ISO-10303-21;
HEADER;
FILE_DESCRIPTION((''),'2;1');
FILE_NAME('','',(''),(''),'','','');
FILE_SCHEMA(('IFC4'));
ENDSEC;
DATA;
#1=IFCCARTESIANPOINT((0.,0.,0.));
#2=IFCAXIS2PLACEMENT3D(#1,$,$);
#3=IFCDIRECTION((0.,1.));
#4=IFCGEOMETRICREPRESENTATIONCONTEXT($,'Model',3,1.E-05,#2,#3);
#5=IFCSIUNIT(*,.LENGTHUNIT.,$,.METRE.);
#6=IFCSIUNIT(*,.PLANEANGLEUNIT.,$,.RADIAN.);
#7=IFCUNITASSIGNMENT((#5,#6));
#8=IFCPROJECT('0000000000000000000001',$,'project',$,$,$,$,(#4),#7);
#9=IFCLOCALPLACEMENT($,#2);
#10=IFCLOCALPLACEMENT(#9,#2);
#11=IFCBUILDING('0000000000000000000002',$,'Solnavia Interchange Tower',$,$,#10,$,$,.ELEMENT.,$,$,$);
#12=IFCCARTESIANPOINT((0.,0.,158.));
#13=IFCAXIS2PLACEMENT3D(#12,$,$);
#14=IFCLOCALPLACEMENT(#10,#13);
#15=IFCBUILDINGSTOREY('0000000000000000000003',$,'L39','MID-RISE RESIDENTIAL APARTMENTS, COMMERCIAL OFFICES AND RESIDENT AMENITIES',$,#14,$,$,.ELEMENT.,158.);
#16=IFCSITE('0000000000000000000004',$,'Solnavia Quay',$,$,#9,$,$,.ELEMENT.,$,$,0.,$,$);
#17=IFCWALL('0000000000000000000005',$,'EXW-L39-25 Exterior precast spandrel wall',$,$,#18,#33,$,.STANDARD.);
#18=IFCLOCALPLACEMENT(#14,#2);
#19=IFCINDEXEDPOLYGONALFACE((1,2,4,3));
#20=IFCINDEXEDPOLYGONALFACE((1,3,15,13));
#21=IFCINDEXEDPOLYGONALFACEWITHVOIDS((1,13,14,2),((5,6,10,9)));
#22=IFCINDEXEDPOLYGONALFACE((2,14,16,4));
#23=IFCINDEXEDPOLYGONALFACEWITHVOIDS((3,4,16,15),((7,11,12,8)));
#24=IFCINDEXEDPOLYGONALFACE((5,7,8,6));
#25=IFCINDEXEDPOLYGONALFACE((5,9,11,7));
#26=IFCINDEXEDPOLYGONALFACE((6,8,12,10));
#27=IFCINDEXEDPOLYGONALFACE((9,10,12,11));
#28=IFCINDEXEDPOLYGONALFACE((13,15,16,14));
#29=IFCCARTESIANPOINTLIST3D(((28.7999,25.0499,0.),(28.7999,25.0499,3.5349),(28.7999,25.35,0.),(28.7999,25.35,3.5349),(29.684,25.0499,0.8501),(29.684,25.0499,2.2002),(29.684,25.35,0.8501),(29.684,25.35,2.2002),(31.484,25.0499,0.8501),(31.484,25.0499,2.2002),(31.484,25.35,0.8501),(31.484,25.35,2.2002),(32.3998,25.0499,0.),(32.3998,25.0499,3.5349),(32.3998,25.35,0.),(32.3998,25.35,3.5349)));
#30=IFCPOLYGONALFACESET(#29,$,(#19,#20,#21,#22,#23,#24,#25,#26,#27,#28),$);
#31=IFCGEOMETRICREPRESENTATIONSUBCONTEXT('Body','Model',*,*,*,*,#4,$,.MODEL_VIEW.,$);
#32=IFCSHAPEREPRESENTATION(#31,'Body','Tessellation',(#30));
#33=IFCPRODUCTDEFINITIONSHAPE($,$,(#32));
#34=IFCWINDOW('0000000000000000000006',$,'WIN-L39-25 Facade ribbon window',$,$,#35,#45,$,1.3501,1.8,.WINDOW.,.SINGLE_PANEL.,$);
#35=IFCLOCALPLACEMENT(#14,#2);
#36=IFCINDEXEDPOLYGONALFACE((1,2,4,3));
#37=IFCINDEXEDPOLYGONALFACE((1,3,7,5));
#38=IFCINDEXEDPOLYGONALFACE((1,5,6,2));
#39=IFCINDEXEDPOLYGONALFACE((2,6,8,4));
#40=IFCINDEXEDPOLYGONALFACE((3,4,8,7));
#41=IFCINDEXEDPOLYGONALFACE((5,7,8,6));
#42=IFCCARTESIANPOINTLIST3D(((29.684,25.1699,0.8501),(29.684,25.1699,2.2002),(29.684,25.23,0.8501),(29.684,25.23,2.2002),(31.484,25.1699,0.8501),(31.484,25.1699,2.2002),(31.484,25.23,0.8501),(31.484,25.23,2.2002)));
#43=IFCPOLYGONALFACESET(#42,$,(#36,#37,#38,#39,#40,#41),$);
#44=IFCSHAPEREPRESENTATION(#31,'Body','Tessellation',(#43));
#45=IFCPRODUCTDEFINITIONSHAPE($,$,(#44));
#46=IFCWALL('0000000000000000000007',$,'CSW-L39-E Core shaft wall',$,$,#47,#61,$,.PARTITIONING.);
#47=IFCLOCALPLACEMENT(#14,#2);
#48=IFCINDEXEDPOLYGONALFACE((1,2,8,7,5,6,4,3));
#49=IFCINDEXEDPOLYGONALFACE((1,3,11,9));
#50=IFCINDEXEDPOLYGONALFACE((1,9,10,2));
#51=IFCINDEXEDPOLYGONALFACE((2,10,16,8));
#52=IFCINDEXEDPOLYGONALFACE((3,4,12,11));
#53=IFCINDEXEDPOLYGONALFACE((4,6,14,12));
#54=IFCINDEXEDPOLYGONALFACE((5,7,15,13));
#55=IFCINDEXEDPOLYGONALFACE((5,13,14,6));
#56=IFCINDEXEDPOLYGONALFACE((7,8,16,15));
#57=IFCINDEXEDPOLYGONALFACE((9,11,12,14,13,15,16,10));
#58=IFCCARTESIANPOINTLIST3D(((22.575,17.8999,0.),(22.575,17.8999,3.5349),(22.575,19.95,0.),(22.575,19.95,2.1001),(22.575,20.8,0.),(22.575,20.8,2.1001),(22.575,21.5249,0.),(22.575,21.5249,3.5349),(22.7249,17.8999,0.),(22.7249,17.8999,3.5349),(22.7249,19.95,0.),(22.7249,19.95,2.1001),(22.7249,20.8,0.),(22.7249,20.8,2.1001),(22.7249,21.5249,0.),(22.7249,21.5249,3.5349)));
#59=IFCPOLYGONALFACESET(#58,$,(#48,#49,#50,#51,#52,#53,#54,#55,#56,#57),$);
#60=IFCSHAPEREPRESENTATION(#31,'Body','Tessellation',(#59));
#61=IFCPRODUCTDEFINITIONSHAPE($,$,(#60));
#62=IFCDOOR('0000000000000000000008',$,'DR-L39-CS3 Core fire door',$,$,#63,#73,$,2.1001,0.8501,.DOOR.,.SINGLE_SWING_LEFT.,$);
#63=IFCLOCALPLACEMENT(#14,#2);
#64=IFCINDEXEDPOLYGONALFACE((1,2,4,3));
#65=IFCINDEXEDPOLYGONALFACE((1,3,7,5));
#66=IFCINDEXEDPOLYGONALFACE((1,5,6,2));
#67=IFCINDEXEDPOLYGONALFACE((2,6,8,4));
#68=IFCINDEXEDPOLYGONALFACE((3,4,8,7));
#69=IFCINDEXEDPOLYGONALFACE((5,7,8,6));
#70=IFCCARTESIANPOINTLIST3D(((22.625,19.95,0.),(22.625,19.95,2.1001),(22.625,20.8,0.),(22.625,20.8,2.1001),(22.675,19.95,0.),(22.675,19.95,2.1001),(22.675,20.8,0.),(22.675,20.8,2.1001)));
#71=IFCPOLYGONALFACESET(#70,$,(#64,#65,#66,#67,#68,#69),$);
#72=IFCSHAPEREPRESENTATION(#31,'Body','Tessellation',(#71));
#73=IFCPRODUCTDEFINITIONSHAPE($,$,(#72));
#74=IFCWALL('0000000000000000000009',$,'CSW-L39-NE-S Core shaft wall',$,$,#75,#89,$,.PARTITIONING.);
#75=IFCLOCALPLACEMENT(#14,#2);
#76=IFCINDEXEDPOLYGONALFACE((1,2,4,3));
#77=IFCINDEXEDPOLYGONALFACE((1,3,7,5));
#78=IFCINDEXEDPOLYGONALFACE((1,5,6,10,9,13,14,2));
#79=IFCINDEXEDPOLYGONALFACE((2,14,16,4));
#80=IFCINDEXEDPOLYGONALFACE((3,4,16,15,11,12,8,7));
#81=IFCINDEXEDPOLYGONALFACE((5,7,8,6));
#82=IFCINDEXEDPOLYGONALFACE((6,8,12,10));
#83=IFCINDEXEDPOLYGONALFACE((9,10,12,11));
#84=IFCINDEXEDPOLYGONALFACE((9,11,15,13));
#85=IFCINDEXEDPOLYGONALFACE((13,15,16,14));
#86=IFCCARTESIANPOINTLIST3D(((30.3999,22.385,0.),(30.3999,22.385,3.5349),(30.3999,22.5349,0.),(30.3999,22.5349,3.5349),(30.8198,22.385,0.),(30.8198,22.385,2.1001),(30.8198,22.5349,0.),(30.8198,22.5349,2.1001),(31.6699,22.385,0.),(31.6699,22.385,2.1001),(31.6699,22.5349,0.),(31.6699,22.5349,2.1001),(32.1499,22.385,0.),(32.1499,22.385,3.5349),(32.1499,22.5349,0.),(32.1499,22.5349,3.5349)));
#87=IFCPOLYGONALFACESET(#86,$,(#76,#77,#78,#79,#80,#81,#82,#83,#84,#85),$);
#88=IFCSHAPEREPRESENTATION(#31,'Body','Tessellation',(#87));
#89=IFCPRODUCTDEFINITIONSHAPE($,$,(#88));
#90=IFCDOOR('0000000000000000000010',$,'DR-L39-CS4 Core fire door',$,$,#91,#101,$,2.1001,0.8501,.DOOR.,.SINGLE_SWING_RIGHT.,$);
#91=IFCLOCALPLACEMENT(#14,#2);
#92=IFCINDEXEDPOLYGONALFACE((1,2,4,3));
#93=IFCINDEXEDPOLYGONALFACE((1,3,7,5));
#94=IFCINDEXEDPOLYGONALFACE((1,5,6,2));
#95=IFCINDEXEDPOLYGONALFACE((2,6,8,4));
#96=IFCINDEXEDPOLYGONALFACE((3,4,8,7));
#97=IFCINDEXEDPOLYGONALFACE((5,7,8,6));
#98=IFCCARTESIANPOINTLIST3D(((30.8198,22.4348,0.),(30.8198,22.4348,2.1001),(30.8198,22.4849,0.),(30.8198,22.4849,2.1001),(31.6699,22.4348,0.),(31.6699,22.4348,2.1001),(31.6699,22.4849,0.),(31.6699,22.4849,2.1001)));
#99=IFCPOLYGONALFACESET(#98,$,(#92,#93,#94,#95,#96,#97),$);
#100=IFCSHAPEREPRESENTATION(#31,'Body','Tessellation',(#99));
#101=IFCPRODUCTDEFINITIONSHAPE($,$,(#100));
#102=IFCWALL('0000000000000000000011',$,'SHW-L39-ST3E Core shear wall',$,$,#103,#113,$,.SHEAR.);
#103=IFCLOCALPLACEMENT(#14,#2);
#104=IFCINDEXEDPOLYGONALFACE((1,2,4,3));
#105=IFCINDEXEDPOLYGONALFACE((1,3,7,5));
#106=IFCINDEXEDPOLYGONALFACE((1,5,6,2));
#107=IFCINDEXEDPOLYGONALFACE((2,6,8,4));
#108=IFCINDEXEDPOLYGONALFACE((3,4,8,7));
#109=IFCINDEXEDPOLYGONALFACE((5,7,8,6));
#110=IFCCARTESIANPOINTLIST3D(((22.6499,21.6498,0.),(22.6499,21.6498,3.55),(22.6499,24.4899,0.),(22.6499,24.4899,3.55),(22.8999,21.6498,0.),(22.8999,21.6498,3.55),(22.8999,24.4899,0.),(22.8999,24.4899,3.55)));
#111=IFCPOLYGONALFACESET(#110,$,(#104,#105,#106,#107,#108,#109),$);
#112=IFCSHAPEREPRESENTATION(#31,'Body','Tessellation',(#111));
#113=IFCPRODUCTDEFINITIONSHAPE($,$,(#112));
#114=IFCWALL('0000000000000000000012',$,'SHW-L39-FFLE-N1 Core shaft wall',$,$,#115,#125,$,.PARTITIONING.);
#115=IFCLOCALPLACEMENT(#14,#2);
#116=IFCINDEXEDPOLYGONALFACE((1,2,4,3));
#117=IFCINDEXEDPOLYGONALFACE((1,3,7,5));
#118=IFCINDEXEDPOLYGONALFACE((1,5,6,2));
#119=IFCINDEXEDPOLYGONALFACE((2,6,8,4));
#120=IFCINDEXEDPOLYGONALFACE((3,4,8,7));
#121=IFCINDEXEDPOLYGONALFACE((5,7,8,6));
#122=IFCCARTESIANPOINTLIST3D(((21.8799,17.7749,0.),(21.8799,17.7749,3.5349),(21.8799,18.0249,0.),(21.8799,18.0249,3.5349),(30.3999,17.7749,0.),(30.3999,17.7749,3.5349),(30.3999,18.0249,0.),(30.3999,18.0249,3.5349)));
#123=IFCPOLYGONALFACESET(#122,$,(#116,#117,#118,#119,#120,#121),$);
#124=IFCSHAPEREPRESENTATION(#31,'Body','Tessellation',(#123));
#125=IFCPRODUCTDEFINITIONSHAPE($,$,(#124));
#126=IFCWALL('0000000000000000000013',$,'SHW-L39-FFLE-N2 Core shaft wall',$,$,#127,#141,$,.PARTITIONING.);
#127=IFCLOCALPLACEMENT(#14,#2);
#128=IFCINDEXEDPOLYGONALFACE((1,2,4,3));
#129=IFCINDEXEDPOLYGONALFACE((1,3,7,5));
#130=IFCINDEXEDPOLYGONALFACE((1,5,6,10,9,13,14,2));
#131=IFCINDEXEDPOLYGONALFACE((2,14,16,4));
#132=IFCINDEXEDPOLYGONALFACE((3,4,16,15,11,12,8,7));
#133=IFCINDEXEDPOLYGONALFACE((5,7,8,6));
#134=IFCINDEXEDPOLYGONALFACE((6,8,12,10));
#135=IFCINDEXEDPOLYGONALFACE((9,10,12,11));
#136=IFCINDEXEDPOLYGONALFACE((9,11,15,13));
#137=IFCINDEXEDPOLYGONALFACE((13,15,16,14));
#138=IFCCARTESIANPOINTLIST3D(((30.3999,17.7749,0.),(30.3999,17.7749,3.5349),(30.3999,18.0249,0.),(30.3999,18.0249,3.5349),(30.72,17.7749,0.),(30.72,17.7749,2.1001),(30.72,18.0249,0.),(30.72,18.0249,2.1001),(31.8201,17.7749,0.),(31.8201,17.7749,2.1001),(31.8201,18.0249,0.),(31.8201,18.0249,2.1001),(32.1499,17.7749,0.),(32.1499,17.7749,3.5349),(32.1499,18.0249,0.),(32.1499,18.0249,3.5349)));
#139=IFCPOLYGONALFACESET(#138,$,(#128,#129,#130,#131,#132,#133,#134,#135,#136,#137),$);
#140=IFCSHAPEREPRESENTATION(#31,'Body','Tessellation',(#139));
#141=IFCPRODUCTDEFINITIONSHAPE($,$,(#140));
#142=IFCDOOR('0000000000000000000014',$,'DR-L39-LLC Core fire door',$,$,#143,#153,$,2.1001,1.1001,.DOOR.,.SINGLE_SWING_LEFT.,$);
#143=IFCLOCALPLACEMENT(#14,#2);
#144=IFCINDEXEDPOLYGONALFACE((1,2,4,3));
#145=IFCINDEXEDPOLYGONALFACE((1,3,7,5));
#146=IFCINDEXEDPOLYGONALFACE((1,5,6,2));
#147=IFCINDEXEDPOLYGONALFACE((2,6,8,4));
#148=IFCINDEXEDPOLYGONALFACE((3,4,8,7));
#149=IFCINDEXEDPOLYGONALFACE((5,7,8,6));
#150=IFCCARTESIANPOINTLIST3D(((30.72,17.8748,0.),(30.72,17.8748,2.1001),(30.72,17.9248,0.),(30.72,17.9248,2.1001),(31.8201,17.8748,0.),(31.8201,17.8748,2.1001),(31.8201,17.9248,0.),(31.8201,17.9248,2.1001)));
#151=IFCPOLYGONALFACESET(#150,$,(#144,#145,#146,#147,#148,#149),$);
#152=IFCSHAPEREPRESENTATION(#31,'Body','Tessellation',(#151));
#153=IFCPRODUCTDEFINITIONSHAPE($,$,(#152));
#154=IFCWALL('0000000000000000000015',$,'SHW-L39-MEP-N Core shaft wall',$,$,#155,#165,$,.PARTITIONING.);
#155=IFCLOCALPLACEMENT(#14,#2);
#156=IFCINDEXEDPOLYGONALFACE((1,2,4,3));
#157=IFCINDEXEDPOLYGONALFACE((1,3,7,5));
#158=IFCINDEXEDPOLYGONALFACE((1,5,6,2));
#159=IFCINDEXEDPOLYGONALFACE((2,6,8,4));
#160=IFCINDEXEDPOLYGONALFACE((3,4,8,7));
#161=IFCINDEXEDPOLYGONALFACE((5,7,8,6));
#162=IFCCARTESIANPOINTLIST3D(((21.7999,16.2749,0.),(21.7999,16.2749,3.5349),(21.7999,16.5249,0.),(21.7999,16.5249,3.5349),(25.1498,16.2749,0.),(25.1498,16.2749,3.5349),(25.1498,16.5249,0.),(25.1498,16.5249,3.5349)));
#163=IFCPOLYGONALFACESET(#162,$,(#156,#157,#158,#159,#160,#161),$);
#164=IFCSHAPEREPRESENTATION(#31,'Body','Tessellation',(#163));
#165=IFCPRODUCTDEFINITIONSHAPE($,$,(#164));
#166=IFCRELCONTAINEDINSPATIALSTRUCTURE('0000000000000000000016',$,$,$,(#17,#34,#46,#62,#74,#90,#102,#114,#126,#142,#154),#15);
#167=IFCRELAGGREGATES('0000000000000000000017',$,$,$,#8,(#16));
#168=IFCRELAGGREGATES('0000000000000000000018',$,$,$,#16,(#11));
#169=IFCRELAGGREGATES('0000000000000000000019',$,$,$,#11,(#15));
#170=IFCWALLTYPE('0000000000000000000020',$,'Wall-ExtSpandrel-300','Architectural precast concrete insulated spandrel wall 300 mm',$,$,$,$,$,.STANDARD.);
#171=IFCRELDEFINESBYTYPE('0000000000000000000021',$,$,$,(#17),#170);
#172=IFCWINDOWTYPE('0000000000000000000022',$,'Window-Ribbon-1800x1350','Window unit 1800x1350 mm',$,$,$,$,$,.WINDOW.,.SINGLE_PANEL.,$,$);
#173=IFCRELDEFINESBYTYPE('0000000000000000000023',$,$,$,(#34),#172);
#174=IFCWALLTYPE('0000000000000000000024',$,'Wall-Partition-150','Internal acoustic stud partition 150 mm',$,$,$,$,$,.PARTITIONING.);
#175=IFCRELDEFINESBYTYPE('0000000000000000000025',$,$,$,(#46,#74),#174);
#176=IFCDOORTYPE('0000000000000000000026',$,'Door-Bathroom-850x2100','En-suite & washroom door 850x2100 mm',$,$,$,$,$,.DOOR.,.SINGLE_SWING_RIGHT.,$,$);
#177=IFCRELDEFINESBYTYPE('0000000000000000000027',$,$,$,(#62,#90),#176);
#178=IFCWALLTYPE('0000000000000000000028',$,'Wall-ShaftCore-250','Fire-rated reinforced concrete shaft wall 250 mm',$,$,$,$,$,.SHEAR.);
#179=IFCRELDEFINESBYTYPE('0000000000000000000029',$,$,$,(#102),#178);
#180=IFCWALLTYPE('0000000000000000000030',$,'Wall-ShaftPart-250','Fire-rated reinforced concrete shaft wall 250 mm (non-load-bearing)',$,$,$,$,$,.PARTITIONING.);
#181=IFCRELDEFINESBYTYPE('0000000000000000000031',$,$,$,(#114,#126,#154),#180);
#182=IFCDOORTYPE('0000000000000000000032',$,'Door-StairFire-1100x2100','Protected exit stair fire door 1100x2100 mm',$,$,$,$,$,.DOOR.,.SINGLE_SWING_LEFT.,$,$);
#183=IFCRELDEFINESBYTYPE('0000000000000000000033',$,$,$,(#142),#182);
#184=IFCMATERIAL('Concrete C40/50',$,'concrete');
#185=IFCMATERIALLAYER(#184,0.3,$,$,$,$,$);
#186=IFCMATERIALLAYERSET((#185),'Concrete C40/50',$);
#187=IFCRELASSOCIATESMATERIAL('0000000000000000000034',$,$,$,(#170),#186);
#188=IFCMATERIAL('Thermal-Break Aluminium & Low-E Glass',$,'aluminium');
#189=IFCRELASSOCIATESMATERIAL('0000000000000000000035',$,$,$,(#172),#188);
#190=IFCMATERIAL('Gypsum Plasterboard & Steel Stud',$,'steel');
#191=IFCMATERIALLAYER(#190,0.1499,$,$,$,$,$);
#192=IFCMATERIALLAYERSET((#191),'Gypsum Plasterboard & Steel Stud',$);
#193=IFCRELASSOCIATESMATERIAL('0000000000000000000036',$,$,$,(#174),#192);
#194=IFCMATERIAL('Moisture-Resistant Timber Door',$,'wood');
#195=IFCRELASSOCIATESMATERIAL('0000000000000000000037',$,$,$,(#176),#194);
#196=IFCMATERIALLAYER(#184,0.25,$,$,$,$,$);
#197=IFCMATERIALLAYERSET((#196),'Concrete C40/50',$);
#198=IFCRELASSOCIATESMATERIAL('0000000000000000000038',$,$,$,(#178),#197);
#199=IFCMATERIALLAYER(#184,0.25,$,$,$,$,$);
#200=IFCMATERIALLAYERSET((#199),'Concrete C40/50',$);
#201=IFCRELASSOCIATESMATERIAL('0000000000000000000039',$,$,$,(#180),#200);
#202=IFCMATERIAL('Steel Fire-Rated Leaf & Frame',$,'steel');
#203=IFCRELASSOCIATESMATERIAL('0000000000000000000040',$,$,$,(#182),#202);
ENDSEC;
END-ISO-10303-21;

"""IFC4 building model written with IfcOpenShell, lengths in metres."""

from ifc_helpers import new_model, si_unit, direction, frame, frame_2d, origin, place, context, subcontext, project, spatial, rectangle, extrude, material, layer, layer_set, type_object, element, fill, save


model = new_model("IFC4")

# Units and contexts
model_context = context("Model", 3, precision=1e-05, world=origin(), true_north=direction((0.0, 1.0)))
body_context = subcontext(model_context, "Body", "Model", "MODEL_VIEW")
ifc_project = project(units=[si_unit("LENGTHUNIT", "METRE"), si_unit("PLANEANGLEUNIT", "RADIAN")], contexts=[model_context])

# Site, building, storey
site_placement = place(None, origin())
site = spatial("IfcSite", under=ifc_project, at=site_placement, Name="Solnavia Quay", CompositionType="ELEMENT", RefElevation=0.0)
building_placement = place(site_placement, origin())
building = spatial("IfcBuilding", under=site, at=building_placement, Name="Solnavia Interchange Tower", CompositionType="ELEMENT")
storey_placement = place(building_placement, frame((0.0, 0.0, 158.0)))
storey = spatial("IfcBuildingStorey", under=building, at=storey_placement, Name="L39", Description="MID-RISE RESIDENTIAL APARTMENTS, COMMERCIAL OFFICES AND RESIDENT AMENITIES", CompositionType="ELEMENT", Elevation=158.0)

# Shared definitions
ifc_material_1 = material(Name="Concrete C40/50", Category="concrete")
ifc_layer_1 = layer(ifc_material_1, 0.3)
ifc_layer_set_1 = layer_set([ifc_layer_1], Name="Concrete C40/50")
wall_type_1 = type_object("IfcWallType", Name="Wall-ExtSpandrel-300", Description="Architectural precast concrete insulated spandrel wall 300 mm", PredefinedType="STANDARD", material=ifc_layer_set_1)

# Wall, opening, window
wall_1_placement = place(storey_placement, frame((28.8, 25.2, 0.0), z_axis=(0.0, 0.0, 1.0), x_axis=(1.0, 0.0, 0.0)))
wall_1 = element("IfcWall", 1, at=wall_1_placement, inside=storey, type_object=wall_type_1, Name="EXW-L39-25 Exterior precast spandrel wall", PredefinedType="STANDARD", context=body_context, shape_type="SweptSolid", body=[
    extrude(rectangle(XDim=3.5999, YDim=0.3, at=frame_2d((1.7998, 0.0))), origin(), (0.0, 0.0, 1.0), 3.5349),
])
opening_1_placement = place(wall_1_placement, frame((0.884, 0.0, 0.8501)))
opening_1 = element("IfcOpeningElement", 2, at=opening_1_placement, cuts=wall_1, PredefinedType="OPENING", context=body_context, shape_type="SweptSolid", body=[
    extrude(rectangle(XDim=1.8, YDim=1.3501, at=frame_2d((0.8999, 0.675))), frame((0.0, 0.1602, 0.0), z_axis=(0.0, -1.0, 0.0), x_axis=(1.0, 0.0, 0.0)), (0.0, 0.0, 1.0), 0.3201),
])
ifc_material_2 = material(Name="Thermal-Break Aluminium & Low-E Glass", Category="aluminium")
window_type = type_object("IfcWindowType", Name="Window-Ribbon-1800x1350", Description="Window unit 1800x1350 mm", PartitioningType="SINGLE_PANEL", PredefinedType="WINDOW", material=ifc_material_2)
window_placement = place(opening_1_placement, origin())
window = element("IfcWindow", 3, at=window_placement, inside=storey, type_object=window_type, Name="WIN-L39-25 Facade ribbon window", OverallHeight=1.3501, OverallWidth=1.8, PartitioningType="SINGLE_PANEL", PredefinedType="WINDOW", context=body_context, shape_type="SweptSolid", body=[
    extrude(rectangle(XDim=1.8, YDim=1.3501, at=frame_2d((0.8999, 0.675))), frame((0.0, 0.03, 0.0), z_axis=(0.0, -1.0, 0.0), x_axis=(1.0, 0.0, 0.0)), (0.0, 0.0, 1.0), 0.0601),
])
fill(opening_1, window)

# Walls, openings, doors
ifc_material_3 = material(Name="Gypsum Plasterboard & Steel Stud", Category="steel")
ifc_layer_2 = layer(ifc_material_3, 0.1499)
ifc_layer_set_2 = layer_set([ifc_layer_2], Name="Gypsum Plasterboard & Steel Stud")
wall_type_2 = type_object("IfcWallType", Name="Wall-Partition-150", Description="Internal acoustic stud partition 150 mm", PredefinedType="PARTITIONING", material=ifc_layer_set_2)
wall_2_placement = place(storey_placement, frame((22.6499, 17.8999, 0.0), z_axis=(0.0, 0.0, 1.0), x_axis=(0.0, 1.0, 0.0)))
wall_2 = element("IfcWall", 4, at=wall_2_placement, inside=storey, type_object=wall_type_2, Name="CSW-L39-E Core shaft wall", PredefinedType="PARTITIONING", context=body_context, shape_type="SweptSolid", body=[
    extrude(rectangle(XDim=3.625, YDim=0.1499, at=frame_2d((1.8125, 0.0))), origin(), (0.0, 0.0, 1.0), 3.5349),
])
opening_2_placement = place(wall_2_placement, frame((2.05, 0.0, 0.0)))
opening_2 = element("IfcOpeningElement", 5, at=opening_2_placement, cuts=wall_2, PredefinedType="OPENING", context=body_context, shape_type="SweptSolid", body=[
    extrude(rectangle(XDim=0.8501, YDim=2.1001, at=frame_2d((0.425, 1.05))), frame((0.0, 0.085, 0.0), z_axis=(0.0, -1.0, 0.0), x_axis=(1.0, 0.0, 0.0)), (0.0, 0.0, 1.0), 0.1699),
])
ifc_material_4 = material(Name="Moisture-Resistant Timber Door", Category="wood")
door_type_1 = type_object("IfcDoorType", Name="Door-Bathroom-850x2100", Description="En-suite & washroom door 850x2100 mm", OperationType="SINGLE_SWING_RIGHT", PredefinedType="DOOR", material=ifc_material_4)
door_1_placement = place(opening_2_placement, origin())
door_1 = element("IfcDoor", 6, at=door_1_placement, inside=storey, type_object=door_type_1, Name="DR-L39-CS3 Core fire door", OperationType="SINGLE_SWING_LEFT", OverallHeight=2.1001, OverallWidth=0.8501, PredefinedType="DOOR", context=body_context, shape_type="SweptSolid", body=[
    extrude(rectangle(XDim=0.8501, YDim=2.1001, at=frame_2d((0.425, 1.05))), frame((0.0, 0.0249, 0.0), z_axis=(0.0, -1.0, 0.0), x_axis=(1.0, 0.0, 0.0)), (0.0, 0.0, 1.0), 0.05),
])
fill(opening_2, door_1)
wall_3_placement = place(storey_placement, frame((30.3999, 22.46, 0.0), z_axis=(0.0, 0.0, 1.0), x_axis=(1.0, 0.0, 0.0)))
wall_3 = element("IfcWall", 7, at=wall_3_placement, inside=storey, type_object=wall_type_2, Name="CSW-L39-NE-S Core shaft wall", PredefinedType="PARTITIONING", context=body_context, shape_type="SweptSolid", body=[
    extrude(rectangle(XDim=1.75, YDim=0.1499, at=frame_2d((0.875, 0.0))), origin(), (0.0, 0.0, 1.0), 3.5349),
])
opening_3_placement = place(wall_3_placement, frame((0.4199, 0.0, 0.0)))
opening_3 = element("IfcOpeningElement", 8, at=opening_3_placement, cuts=wall_3, PredefinedType="OPENING", context=body_context, shape_type="SweptSolid", body=[
    extrude(rectangle(XDim=0.8501, YDim=2.1001, at=frame_2d((0.425, 1.05))), frame((0.0, 0.085, 0.0), z_axis=(0.0, -1.0, 0.0), x_axis=(1.0, 0.0, 0.0)), (0.0, 0.0, 1.0), 0.1699),
])
door_2_placement = place(opening_3_placement, origin())
door_2 = element("IfcDoor", 9, at=door_2_placement, inside=storey, type_object=door_type_1, Name="DR-L39-CS4 Core fire door", OperationType="SINGLE_SWING_RIGHT", OverallHeight=2.1001, OverallWidth=0.8501, PredefinedType="DOOR", context=body_context, shape_type="SweptSolid", body=[
    extrude(rectangle(XDim=0.8501, YDim=2.1001, at=frame_2d((0.425, 1.05))), frame((0.0, 0.0249, 0.0), z_axis=(0.0, -1.0, 0.0), x_axis=(1.0, 0.0, 0.0)), (0.0, 0.0, 1.0), 0.05),
])
fill(opening_3, door_2)

# Walls
ifc_layer_3 = layer(ifc_material_1, 0.25)
ifc_layer_set_3 = layer_set([ifc_layer_3], Name="Concrete C40/50")
wall_type_3 = type_object("IfcWallType", Name="Wall-ShaftCore-250", Description="Fire-rated reinforced concrete shaft wall 250 mm", PredefinedType="SHEAR", material=ifc_layer_set_3)
wall_4_placement = place(storey_placement, frame((22.7749, 21.6499, 0.0), z_axis=(0.0, 0.0, 1.0), x_axis=(0.0, 1.0, 0.0)))
element("IfcWall", 10, at=wall_4_placement, inside=storey, type_object=wall_type_3, Name="SHW-L39-ST3E Core shear wall", PredefinedType="SHEAR", context=body_context, shape_type="SweptSolid", body=[
    extrude(rectangle(XDim=2.8401, YDim=0.25, at=frame_2d((1.4199, 0.0))), origin(), (0.0, 0.0, 1.0), 3.55),
])
ifc_layer_4 = layer(ifc_material_1, 0.25)
ifc_layer_set_4 = layer_set([ifc_layer_4], Name="Concrete C40/50")
wall_type_4 = type_object("IfcWallType", Name="Wall-ShaftPart-250", Description="Fire-rated reinforced concrete shaft wall 250 mm (non-load-bearing)", PredefinedType="PARTITIONING", material=ifc_layer_set_4)
wall_5_placement = place(storey_placement, frame((21.8799, 17.8999, 0.0), z_axis=(0.0, 0.0, 1.0), x_axis=(1.0, 0.0, 0.0)))
element("IfcWall", 11, at=wall_5_placement, inside=storey, type_object=wall_type_4, Name="SHW-L39-FFLE-N1 Core shaft wall", PredefinedType="PARTITIONING", context=body_context, shape_type="SweptSolid", body=[
    extrude(rectangle(XDim=8.52, YDim=0.25, at=frame_2d((4.26, 0.0))), origin(), (0.0, 0.0, 1.0), 3.5349),
])

# Wall, opening, door
wall_6_placement = place(storey_placement, frame((30.3999, 17.8999, 0.0), z_axis=(0.0, 0.0, 1.0), x_axis=(1.0, 0.0, 0.0)))
wall_6 = element("IfcWall", 12, at=wall_6_placement, inside=storey, type_object=wall_type_4, Name="SHW-L39-FFLE-N2 Core shaft wall", PredefinedType="PARTITIONING", context=body_context, shape_type="SweptSolid", body=[
    extrude(rectangle(XDim=1.75, YDim=0.25, at=frame_2d((0.875, 0.0))), origin(), (0.0, 0.0, 1.0), 3.5349),
])
opening_4_placement = place(wall_6_placement, frame((0.3201, 0.0, 0.0)))
opening_4 = element("IfcOpeningElement", 13, at=opening_4_placement, cuts=wall_6, PredefinedType="OPENING", context=body_context, shape_type="SweptSolid", body=[
    extrude(rectangle(XDim=1.1001, YDim=2.1001, at=frame_2d((0.55, 1.05))), frame((0.0, 0.135, 0.0), z_axis=(0.0, -1.0, 0.0), x_axis=(1.0, 0.0, 0.0)), (0.0, 0.0, 1.0), 0.27),
])
ifc_material_5 = material(Name="Steel Fire-Rated Leaf & Frame", Category="steel")
door_type_2 = type_object("IfcDoorType", Name="Door-StairFire-1100x2100", Description="Protected exit stair fire door 1100x2100 mm", OperationType="SINGLE_SWING_LEFT", PredefinedType="DOOR", material=ifc_material_5)
door_3_placement = place(opening_4_placement, origin())
door_3 = element("IfcDoor", 14, at=door_3_placement, inside=storey, type_object=door_type_2, Name="DR-L39-LLC Core fire door", OperationType="SINGLE_SWING_LEFT", OverallHeight=2.1001, OverallWidth=1.1001, PredefinedType="DOOR", context=body_context, shape_type="SweptSolid", body=[
    extrude(rectangle(XDim=1.1001, YDim=2.1001, at=frame_2d((0.55, 1.05))), frame((0.0, 0.0249, 0.0), z_axis=(0.0, -1.0, 0.0), x_axis=(1.0, 0.0, 0.0)), (0.0, 0.0, 1.0), 0.05),
])
fill(opening_4, door_3)

# Wall
wall_7_placement = place(storey_placement, frame((21.8, 16.3999, 0.0), z_axis=(0.0, 0.0, 1.0), x_axis=(1.0, 0.0, 0.0)))
element("IfcWall", 15, at=wall_7_placement, inside=storey, type_object=wall_type_4, Name="SHW-L39-MEP-N Core shaft wall", PredefinedType="PARTITIONING", context=body_context, shape_type="SweptSolid", body=[
    extrude(rectangle(XDim=3.3499, YDim=0.25, at=frame_2d((1.6748, 0.0))), origin(), (0.0, 0.0, 1.0), 3.5349),
])

save(model, "model.ifc")
